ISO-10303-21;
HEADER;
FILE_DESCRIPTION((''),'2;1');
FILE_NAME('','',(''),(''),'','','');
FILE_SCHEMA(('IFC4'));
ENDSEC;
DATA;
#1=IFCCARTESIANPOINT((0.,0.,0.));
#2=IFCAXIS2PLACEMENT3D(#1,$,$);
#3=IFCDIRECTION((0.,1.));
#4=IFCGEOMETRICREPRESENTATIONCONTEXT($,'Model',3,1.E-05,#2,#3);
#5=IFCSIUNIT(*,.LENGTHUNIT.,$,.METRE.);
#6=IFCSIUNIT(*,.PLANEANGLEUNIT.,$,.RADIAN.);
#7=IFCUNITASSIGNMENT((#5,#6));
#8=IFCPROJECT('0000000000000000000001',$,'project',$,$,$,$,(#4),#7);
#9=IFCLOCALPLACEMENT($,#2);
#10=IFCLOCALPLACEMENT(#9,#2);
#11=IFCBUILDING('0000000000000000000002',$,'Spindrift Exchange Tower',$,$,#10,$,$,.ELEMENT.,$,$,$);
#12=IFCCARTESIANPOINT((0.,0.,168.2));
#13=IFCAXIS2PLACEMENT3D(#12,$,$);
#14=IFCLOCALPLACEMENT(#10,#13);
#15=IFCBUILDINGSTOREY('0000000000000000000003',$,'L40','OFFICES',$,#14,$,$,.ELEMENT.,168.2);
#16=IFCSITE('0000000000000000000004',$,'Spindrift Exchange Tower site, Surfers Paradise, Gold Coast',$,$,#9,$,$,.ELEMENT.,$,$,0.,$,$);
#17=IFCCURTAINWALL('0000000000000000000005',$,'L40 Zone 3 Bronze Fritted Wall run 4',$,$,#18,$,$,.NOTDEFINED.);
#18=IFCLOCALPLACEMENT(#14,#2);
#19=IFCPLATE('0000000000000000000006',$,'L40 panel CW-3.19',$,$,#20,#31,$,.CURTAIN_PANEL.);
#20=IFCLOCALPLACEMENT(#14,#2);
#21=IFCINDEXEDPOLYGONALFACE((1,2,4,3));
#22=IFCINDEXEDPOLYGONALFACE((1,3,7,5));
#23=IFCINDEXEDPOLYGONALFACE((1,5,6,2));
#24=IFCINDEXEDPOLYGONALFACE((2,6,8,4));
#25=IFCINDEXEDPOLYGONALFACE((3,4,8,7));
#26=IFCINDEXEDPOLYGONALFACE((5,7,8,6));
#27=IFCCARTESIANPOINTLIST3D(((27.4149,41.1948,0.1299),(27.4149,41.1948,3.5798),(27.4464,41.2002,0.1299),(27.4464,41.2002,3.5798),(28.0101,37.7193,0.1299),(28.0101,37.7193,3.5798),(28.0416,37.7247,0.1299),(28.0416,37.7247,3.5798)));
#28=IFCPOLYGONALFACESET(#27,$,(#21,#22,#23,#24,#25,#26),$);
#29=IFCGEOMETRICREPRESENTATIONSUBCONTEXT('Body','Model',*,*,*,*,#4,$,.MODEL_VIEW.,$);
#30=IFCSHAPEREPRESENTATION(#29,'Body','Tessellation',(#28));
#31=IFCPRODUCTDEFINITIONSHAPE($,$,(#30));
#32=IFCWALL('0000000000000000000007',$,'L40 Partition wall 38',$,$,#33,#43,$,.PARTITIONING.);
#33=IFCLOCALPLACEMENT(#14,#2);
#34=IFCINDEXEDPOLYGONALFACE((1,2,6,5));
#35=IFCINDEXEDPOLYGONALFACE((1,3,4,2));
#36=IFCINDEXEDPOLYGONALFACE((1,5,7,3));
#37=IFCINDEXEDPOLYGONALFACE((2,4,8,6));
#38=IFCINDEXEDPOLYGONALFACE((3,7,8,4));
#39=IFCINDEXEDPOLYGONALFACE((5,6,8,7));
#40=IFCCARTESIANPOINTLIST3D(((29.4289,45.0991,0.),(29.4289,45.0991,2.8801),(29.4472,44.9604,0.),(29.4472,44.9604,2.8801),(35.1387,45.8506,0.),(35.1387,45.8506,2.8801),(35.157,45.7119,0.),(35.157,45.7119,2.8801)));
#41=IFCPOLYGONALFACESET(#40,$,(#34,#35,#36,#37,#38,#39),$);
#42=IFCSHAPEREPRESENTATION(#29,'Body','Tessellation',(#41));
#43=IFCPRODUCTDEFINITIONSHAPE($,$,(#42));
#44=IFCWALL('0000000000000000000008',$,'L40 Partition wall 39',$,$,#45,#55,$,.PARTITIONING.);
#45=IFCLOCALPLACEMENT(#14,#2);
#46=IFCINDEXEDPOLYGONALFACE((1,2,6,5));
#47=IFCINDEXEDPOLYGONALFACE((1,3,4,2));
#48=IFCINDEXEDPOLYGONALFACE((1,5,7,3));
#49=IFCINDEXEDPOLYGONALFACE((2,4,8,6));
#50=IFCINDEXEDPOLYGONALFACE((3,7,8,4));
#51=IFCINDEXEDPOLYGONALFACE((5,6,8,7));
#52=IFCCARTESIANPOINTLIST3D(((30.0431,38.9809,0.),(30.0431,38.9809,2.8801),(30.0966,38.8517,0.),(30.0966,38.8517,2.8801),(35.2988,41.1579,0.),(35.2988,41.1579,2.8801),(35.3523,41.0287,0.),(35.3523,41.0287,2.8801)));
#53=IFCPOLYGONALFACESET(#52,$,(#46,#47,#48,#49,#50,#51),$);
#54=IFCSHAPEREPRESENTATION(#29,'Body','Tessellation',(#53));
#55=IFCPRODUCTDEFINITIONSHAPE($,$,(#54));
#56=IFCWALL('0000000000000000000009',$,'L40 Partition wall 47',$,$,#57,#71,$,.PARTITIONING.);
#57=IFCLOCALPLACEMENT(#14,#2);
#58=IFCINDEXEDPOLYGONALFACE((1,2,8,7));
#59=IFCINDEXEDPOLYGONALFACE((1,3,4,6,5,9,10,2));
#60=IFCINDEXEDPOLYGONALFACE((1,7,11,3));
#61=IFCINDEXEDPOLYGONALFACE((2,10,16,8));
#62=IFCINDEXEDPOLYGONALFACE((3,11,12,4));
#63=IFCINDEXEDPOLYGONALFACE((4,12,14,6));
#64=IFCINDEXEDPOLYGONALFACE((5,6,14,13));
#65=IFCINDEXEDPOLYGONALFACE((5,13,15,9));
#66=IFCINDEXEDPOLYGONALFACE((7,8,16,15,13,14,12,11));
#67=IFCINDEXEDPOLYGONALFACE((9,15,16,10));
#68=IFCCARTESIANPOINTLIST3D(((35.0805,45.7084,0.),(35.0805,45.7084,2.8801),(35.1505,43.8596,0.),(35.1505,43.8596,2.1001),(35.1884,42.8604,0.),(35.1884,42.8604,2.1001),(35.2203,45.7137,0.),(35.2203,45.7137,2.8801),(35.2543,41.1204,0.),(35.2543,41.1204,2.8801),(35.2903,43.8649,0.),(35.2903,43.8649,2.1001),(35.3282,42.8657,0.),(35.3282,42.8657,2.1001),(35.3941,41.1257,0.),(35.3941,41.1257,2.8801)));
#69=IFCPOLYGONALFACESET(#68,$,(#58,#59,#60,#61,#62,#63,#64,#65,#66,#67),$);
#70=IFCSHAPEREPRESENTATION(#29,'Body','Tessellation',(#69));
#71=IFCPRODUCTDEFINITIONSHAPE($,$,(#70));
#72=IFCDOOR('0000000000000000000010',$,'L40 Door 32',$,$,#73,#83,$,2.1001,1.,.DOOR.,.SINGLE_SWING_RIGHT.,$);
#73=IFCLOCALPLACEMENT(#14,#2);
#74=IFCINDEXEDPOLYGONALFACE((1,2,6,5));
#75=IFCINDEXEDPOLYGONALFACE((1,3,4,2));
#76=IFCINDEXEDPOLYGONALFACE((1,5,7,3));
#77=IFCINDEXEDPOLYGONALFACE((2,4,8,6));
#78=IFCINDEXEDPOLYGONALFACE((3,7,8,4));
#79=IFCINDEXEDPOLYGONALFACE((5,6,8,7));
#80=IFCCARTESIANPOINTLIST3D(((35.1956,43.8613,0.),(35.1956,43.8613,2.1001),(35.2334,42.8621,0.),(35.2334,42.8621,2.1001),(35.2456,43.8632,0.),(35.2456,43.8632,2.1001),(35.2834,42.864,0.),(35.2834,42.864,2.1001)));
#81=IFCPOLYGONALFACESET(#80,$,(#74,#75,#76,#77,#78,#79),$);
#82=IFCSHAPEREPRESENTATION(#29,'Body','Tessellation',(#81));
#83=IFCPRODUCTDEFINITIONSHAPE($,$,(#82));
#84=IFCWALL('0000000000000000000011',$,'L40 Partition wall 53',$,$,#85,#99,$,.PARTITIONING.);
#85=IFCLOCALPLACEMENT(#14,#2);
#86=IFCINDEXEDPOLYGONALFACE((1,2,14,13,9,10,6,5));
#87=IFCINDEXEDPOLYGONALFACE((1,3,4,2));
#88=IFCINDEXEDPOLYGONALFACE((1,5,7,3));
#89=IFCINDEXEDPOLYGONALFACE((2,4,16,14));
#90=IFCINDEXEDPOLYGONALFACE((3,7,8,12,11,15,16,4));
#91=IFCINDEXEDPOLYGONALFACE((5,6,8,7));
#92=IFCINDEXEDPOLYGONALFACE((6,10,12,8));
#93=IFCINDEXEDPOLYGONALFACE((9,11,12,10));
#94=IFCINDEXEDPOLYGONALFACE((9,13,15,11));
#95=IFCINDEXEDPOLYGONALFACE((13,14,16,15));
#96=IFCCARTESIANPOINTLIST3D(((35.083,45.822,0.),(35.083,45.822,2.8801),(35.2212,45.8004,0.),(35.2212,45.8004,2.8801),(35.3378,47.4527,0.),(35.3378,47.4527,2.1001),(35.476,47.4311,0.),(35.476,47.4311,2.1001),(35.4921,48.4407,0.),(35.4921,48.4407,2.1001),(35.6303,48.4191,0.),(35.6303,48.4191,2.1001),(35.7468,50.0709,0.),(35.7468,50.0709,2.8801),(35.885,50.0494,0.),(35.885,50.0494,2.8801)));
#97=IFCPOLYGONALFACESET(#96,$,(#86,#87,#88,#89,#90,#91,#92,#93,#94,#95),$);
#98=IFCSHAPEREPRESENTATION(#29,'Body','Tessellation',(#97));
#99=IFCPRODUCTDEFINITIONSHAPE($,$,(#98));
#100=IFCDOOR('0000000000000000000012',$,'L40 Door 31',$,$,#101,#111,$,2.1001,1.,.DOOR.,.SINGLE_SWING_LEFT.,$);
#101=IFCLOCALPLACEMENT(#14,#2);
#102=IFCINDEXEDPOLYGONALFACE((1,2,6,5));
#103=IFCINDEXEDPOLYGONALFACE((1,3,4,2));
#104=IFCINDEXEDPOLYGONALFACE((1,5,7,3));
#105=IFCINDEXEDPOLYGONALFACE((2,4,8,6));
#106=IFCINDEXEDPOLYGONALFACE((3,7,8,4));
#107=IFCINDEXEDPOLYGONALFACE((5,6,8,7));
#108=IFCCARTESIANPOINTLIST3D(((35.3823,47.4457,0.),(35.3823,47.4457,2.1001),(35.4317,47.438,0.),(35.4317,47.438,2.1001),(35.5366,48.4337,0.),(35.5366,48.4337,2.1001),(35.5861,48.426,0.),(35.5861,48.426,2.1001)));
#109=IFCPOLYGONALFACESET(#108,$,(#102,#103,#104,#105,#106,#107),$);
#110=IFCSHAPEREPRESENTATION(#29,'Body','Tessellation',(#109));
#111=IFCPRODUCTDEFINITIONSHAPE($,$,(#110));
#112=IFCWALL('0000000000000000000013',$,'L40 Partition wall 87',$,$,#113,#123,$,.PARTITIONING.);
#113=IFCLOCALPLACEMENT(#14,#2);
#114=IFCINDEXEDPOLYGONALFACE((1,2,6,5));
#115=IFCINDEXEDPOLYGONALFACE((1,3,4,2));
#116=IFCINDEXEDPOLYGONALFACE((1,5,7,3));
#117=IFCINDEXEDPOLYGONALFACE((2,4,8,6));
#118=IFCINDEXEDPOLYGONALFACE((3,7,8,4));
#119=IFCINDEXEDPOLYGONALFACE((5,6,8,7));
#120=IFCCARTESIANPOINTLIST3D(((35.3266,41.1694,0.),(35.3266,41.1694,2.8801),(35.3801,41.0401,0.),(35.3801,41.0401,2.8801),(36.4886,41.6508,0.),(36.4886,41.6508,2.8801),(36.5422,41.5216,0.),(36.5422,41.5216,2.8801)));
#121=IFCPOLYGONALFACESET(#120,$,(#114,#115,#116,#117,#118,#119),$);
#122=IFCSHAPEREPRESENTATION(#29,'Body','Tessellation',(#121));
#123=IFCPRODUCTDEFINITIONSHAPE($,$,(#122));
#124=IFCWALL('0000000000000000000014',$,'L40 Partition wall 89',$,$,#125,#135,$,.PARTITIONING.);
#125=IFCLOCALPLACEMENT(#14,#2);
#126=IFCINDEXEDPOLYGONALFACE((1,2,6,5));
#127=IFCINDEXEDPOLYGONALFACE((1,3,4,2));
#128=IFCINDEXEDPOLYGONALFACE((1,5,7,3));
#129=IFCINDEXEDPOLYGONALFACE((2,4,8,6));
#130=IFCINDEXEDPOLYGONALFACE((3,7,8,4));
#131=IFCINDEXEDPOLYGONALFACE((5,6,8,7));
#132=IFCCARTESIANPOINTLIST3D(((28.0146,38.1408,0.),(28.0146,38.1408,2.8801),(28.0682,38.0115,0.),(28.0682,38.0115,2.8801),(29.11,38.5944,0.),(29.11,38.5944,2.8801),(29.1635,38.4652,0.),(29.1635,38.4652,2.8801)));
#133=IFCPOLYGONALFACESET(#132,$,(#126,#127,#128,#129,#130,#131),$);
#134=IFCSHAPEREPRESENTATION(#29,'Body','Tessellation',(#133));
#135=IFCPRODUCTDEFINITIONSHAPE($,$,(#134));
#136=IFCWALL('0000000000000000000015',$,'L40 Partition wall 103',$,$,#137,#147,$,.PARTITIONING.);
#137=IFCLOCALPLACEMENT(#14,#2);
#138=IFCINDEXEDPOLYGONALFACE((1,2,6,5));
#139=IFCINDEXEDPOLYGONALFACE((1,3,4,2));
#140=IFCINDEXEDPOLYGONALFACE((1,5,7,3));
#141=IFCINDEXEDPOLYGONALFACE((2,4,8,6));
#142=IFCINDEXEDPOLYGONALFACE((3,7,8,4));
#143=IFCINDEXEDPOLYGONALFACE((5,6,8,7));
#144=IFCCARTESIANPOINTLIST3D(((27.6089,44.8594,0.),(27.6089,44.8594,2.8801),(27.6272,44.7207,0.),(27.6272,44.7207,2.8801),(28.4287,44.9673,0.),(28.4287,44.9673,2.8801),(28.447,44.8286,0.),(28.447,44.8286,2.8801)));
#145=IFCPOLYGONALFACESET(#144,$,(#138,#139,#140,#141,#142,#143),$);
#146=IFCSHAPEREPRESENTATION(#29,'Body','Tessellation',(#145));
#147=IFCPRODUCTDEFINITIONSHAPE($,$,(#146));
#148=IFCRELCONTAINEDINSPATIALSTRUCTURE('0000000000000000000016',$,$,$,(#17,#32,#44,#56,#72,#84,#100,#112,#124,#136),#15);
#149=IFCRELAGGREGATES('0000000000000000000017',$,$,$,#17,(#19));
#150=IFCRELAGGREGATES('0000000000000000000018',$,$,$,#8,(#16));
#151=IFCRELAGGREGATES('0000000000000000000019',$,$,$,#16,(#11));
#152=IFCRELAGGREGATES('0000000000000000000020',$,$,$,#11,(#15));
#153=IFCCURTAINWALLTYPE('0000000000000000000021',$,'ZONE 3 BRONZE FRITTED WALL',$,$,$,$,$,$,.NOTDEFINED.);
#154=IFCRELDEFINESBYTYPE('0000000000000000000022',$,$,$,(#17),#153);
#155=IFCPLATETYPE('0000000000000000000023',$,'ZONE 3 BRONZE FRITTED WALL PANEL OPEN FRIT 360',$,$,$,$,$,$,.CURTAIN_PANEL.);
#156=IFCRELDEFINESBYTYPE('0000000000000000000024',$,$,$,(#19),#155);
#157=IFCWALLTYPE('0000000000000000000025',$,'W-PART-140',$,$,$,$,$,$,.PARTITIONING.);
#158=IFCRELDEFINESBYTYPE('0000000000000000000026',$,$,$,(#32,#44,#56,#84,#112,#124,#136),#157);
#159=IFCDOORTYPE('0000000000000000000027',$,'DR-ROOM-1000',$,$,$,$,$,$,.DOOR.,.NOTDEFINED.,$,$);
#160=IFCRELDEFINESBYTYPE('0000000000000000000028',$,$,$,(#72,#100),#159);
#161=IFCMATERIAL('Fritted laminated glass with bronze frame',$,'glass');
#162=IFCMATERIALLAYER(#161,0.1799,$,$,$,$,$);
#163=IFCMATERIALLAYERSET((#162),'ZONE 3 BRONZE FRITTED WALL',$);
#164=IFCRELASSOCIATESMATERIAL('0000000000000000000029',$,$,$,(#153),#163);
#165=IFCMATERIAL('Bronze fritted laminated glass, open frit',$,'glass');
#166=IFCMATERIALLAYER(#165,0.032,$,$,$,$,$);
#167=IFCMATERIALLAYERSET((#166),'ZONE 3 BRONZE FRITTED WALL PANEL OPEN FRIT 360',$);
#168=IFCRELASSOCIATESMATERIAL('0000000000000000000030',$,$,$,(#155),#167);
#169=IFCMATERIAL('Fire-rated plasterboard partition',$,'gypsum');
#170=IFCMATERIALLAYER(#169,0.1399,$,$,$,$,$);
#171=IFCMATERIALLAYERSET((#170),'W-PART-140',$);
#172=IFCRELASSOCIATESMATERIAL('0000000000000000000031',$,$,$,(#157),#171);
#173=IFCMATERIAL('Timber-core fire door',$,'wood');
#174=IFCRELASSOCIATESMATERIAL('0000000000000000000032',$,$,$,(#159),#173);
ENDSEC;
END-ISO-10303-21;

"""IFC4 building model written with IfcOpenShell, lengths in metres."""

from ifc_helpers import new_model, si_unit, direction, frame, frame_2d, origin, origin_2d, place, context, subcontext, project, spatial, rectangle, extrude, source, transform, mapped, material, layer, layer_set, type_object, element, fill, aggregate, save


model = new_model("IFC4")

# Units and contexts
model_context = context("Model", 3, precision=1e-05, world=origin(), true_north=direction((0.0, 1.0)))
body_context = subcontext(model_context, "Body", "Model", "MODEL_VIEW")
ifc_project = project(units=[si_unit("LENGTHUNIT", "METRE"), si_unit("PLANEANGLEUNIT", "RADIAN")], contexts=[model_context])

# Site, building, storey
site_placement = place(None, origin())
site = spatial("IfcSite", under=ifc_project, at=site_placement, Name="Spindrift Exchange Tower site, Surfers Paradise, Gold Coast", CompositionType="ELEMENT", RefElevation=0.0)
building_placement = place(site_placement, origin())
building = spatial("IfcBuilding", under=site, at=building_placement, Name="Spindrift Exchange Tower", CompositionType="ELEMENT")
storey_placement = place(building_placement, frame((0.0, 0.0, 168.2)))
storey = spatial("IfcBuildingStorey", under=building, at=storey_placement, Name="L40", Description="OFFICES", CompositionType="ELEMENT", Elevation=168.2)

# Curtain wall
ifc_material_1 = material(Name="Fritted laminated glass with bronze frame", Category="glass")
ifc_layer_1 = layer(ifc_material_1, 0.1799)
ifc_layer_set_1 = layer_set([ifc_layer_1], Name="ZONE 3 BRONZE FRITTED WALL")
curtain_wall_type = type_object("IfcCurtainWallType", Name="ZONE 3 BRONZE FRITTED WALL", PredefinedType="NOTDEFINED", material=ifc_layer_set_1)
curtain_wall_1_placement = place(storey_placement, origin())
curtain_wall_1 = element("IfcCurtainWall", 1, at=curtain_wall_1_placement, inside=storey, type_object=curtain_wall_type, Name="L40 Zone 3 Bronze Fritted Wall run 4", PredefinedType="NOTDEFINED")

# Plate
ifc_material_2 = material(Name="Bronze fritted laminated glass, open frit", Category="glass")
ifc_layer_2 = layer(ifc_material_2, 0.032)
ifc_layer_set_2 = layer_set([ifc_layer_2], Name="ZONE 3 BRONZE FRITTED WALL PANEL OPEN FRIT 360")
plate_type_1 = type_object("IfcPlateType", Name="ZONE 3 BRONZE FRITTED WALL PANEL OPEN FRIT 360", PredefinedType="CURTAIN_PANEL", material=ifc_layer_set_2)
shared_shape_1 = source(origin(), body_context, "Body", "SweptSolid", [
    extrude(rectangle(XDim=3.5261, YDim=0.032, at=origin_2d()), origin(), (0.0, 0.0, 1.0), 3.45),
])
plate_1_placement = place(storey_placement, frame((27.7283, 39.4597, 0.1299), z_axis=(0.0, 0.0, 1.0), x_axis=(0.168789, -0.985652, 0.0)))
plate_1 = element("IfcPlate", 2, at=plate_1_placement, type_object=plate_type_1, Name="L40 panel CW-3.19", PredefinedType="CURTAIN_PANEL", context=body_context, shape_type="MappedRepresentation", body=[
    mapped(shared_shape_1, transform((0.0, 0.0, 0.0), scale=1.0)),
])
aggregate(curtain_wall_1, [plate_1])

# Walls
ifc_material_3 = material(Name="Fire-rated plasterboard partition", Category="gypsum")
ifc_layer_3 = layer(ifc_material_3, 0.1399)
ifc_layer_set_3 = layer_set([ifc_layer_3], Name="W-PART-140")
wall_type = type_object("IfcWallType", Name="W-PART-140", PredefinedType="PARTITIONING", material=ifc_layer_set_3)
wall_1_placement = place(storey_placement, frame((35.1477, 45.7812, 0.0), z_axis=(0.0, 0.0, 1.0), x_axis=(-0.99145, -0.130486, 0.0)))
element("IfcWall", 3, at=wall_1_placement, inside=storey, type_object=wall_type, Name="L40 Partition wall 38", PredefinedType="PARTITIONING", context=body_context, shape_type="SweptSolid", body=[
    extrude(rectangle(XDim=5.759, YDim=0.1399, at=frame_2d((2.8794, 0.0))), origin(), (0.0, 0.0, 1.0), 2.8801),
])
wall_2_placement = place(storey_placement, frame((35.3254, 41.0933, 0.0), z_axis=(0.0, 0.0, 1.0), x_axis=(-0.923876, -0.382692, 0.0)))
element("IfcWall", 4, at=wall_2_placement, inside=storey, type_object=wall_type, Name="L40 Partition wall 39", PredefinedType="PARTITIONING", context=body_context, shape_type="SweptSolid", body=[
    extrude(rectangle(XDim=5.6887, YDim=0.1399, at=frame_2d((2.8442, 0.0))), origin(), (0.0, 0.0, 1.0), 2.8801),
])

# Walls, openings, doors
wall_3_placement = place(storey_placement, frame((35.3242, 41.123, 0.0), z_axis=(0.0, 0.0, 1.0), x_axis=(-0.037859, 0.999283, 0.0)))
wall_3 = element("IfcWall", 5, at=wall_3_placement, inside=storey, type_object=wall_type, Name="L40 Partition wall 47", PredefinedType="PARTITIONING", context=body_context, shape_type="SweptSolid", body=[
    extrude(rectangle(XDim=4.5913, YDim=0.1399, at=frame_2d((2.2957, 0.0))), origin(), (0.0, 0.0, 1.0), 2.8801),
])
opening_1_placement = place(wall_3_placement, frame((1.7412, 0.0, 0.0)))
opening_1 = element("IfcOpeningElement", 6, at=opening_1_placement, cuts=wall_3, PredefinedType="OPENING", context=body_context, shape_type="SweptSolid", body=[
    extrude(rectangle(XDim=1.0, YDim=2.1001, at=frame_2d((0.5, 1.05))), frame((0.0, 0.0798, 0.0), z_axis=(0.0, -1.0, 0.0), x_axis=(1.0, 0.0, 0.0)), (0.0, 0.0, 1.0), 0.1599),
])
ifc_material_4 = material(Name="Timber-core fire door", Category="wood")
door_type = type_object("IfcDoorType", Name="DR-ROOM-1000", OperationType="NOTDEFINED", PredefinedType="DOOR", material=ifc_material_4)
shared_shape_2 = source(origin(), body_context, "Body", "SweptSolid", [
    extrude(rectangle(XDim=1.0, YDim=2.1001, at=frame_2d((0.5, 1.05))), frame((0.0, 0.0249, 0.0), z_axis=(0.0, -1.0, 0.0), x_axis=(1.0, 0.0, 0.0)), (0.0, 0.0, 1.0), 0.05),
])
door_1_placement = place(opening_1_placement, origin())
door_1 = element("IfcDoor", 7, at=door_1_placement, inside=storey, type_object=door_type, Name="L40 Door 32", OperationType="SINGLE_SWING_RIGHT", OverallHeight=2.1001, OverallWidth=1.0, PredefinedType="DOOR", context=body_context, shape_type="MappedRepresentation", body=[
    mapped(shared_shape_2, transform((0.0, 0.0, 0.0), scale=1.0)),
])
fill(opening_1, door_1)
wall_4_placement = place(storey_placement, frame((35.1521, 45.811, 0.0), z_axis=(0.0, 0.0, 1.0), x_axis=(0.154356, 0.988015, 0.0)))
wall_4 = element("IfcWall", 8, at=wall_4_placement, inside=storey, type_object=wall_type, Name="L40 Partition wall 53", PredefinedType="PARTITIONING", context=body_context, shape_type="SweptSolid", body=[
    extrude(rectangle(XDim=4.3005, YDim=0.1399, at=frame_2d((2.1504, 0.0))), origin(), (0.0, 0.0, 1.0), 2.8801),
])
opening_2_placement = place(wall_4_placement, frame((1.6506, 0.0, 0.0)))
opening_2 = element("IfcOpeningElement", 9, at=opening_2_placement, cuts=wall_4, PredefinedType="OPENING", context=body_context, shape_type="SweptSolid", body=[
    extrude(rectangle(XDim=1.0, YDim=2.1001, at=frame_2d((0.5, 1.05))), frame((0.0, 0.0798, 0.0), z_axis=(0.0, -1.0, 0.0), x_axis=(1.0, 0.0, 0.0)), (0.0, 0.0, 1.0), 0.1599),
])
door_2_placement = place(opening_2_placement, origin())
door_2 = element("IfcDoor", 10, at=door_2_placement, inside=storey, type_object=door_type, Name="L40 Door 31", OperationType="SINGLE_SWING_LEFT", OverallHeight=2.1001, OverallWidth=1.0, PredefinedType="DOOR", context=body_context, shape_type="MappedRepresentation", body=[
    mapped(shared_shape_2, transform((0.0, 0.0, 0.0), scale=1.0)),
])
fill(opening_2, door_2)

# Walls
wall_5_placement = place(storey_placement, frame((36.5154, 41.5862, 0.0), z_axis=(0.0, 0.0, 1.0), x_axis=(-0.923856, -0.38274, 0.0)))
element("IfcWall", 11, at=wall_5_placement, inside=storey, type_object=wall_type, Name="L40 Partition wall 87", PredefinedType="PARTITIONING", context=body_context, shape_type="SweptSolid", body=[
    extrude(rectangle(XDim=1.2578, YDim=0.1399, at=frame_2d((0.6289, 0.0))), origin(), (0.0, 0.0, 1.0), 2.8801),
])
wall_6_placement = place(storey_placement, frame((29.1367, 38.5298, 0.0), z_axis=(0.0, 0.0, 1.0), x_axis=(-0.923891, -0.382655, 0.0)))
element("IfcWall", 12, at=wall_6_placement, inside=storey, type_object=wall_type, Name="L40 Partition wall 89", PredefinedType="PARTITIONING", context=body_context, shape_type="SweptSolid", body=[
    extrude(rectangle(XDim=1.1855, YDim=0.1399, at=frame_2d((0.5928, 0.0))), origin(), (0.0, 0.0, 1.0), 2.8801),
])
wall_7_placement = place(storey_placement, frame((28.438, 44.8979, 0.0), z_axis=(0.0, 0.0, 1.0), x_axis=(-0.991448, -0.1305, 0.0)))
element("IfcWall", 13, at=wall_7_placement, inside=storey, type_object=wall_type, Name="L40 Partition wall 103", PredefinedType="PARTITIONING", context=body_context, shape_type="SweptSolid", body=[
    extrude(rectangle(XDim=0.8269, YDim=0.1399, at=frame_2d((0.4136, 0.0))), origin(), (0.0, 0.0, 1.0), 2.8801),
])

save(model, "model.ifc")
